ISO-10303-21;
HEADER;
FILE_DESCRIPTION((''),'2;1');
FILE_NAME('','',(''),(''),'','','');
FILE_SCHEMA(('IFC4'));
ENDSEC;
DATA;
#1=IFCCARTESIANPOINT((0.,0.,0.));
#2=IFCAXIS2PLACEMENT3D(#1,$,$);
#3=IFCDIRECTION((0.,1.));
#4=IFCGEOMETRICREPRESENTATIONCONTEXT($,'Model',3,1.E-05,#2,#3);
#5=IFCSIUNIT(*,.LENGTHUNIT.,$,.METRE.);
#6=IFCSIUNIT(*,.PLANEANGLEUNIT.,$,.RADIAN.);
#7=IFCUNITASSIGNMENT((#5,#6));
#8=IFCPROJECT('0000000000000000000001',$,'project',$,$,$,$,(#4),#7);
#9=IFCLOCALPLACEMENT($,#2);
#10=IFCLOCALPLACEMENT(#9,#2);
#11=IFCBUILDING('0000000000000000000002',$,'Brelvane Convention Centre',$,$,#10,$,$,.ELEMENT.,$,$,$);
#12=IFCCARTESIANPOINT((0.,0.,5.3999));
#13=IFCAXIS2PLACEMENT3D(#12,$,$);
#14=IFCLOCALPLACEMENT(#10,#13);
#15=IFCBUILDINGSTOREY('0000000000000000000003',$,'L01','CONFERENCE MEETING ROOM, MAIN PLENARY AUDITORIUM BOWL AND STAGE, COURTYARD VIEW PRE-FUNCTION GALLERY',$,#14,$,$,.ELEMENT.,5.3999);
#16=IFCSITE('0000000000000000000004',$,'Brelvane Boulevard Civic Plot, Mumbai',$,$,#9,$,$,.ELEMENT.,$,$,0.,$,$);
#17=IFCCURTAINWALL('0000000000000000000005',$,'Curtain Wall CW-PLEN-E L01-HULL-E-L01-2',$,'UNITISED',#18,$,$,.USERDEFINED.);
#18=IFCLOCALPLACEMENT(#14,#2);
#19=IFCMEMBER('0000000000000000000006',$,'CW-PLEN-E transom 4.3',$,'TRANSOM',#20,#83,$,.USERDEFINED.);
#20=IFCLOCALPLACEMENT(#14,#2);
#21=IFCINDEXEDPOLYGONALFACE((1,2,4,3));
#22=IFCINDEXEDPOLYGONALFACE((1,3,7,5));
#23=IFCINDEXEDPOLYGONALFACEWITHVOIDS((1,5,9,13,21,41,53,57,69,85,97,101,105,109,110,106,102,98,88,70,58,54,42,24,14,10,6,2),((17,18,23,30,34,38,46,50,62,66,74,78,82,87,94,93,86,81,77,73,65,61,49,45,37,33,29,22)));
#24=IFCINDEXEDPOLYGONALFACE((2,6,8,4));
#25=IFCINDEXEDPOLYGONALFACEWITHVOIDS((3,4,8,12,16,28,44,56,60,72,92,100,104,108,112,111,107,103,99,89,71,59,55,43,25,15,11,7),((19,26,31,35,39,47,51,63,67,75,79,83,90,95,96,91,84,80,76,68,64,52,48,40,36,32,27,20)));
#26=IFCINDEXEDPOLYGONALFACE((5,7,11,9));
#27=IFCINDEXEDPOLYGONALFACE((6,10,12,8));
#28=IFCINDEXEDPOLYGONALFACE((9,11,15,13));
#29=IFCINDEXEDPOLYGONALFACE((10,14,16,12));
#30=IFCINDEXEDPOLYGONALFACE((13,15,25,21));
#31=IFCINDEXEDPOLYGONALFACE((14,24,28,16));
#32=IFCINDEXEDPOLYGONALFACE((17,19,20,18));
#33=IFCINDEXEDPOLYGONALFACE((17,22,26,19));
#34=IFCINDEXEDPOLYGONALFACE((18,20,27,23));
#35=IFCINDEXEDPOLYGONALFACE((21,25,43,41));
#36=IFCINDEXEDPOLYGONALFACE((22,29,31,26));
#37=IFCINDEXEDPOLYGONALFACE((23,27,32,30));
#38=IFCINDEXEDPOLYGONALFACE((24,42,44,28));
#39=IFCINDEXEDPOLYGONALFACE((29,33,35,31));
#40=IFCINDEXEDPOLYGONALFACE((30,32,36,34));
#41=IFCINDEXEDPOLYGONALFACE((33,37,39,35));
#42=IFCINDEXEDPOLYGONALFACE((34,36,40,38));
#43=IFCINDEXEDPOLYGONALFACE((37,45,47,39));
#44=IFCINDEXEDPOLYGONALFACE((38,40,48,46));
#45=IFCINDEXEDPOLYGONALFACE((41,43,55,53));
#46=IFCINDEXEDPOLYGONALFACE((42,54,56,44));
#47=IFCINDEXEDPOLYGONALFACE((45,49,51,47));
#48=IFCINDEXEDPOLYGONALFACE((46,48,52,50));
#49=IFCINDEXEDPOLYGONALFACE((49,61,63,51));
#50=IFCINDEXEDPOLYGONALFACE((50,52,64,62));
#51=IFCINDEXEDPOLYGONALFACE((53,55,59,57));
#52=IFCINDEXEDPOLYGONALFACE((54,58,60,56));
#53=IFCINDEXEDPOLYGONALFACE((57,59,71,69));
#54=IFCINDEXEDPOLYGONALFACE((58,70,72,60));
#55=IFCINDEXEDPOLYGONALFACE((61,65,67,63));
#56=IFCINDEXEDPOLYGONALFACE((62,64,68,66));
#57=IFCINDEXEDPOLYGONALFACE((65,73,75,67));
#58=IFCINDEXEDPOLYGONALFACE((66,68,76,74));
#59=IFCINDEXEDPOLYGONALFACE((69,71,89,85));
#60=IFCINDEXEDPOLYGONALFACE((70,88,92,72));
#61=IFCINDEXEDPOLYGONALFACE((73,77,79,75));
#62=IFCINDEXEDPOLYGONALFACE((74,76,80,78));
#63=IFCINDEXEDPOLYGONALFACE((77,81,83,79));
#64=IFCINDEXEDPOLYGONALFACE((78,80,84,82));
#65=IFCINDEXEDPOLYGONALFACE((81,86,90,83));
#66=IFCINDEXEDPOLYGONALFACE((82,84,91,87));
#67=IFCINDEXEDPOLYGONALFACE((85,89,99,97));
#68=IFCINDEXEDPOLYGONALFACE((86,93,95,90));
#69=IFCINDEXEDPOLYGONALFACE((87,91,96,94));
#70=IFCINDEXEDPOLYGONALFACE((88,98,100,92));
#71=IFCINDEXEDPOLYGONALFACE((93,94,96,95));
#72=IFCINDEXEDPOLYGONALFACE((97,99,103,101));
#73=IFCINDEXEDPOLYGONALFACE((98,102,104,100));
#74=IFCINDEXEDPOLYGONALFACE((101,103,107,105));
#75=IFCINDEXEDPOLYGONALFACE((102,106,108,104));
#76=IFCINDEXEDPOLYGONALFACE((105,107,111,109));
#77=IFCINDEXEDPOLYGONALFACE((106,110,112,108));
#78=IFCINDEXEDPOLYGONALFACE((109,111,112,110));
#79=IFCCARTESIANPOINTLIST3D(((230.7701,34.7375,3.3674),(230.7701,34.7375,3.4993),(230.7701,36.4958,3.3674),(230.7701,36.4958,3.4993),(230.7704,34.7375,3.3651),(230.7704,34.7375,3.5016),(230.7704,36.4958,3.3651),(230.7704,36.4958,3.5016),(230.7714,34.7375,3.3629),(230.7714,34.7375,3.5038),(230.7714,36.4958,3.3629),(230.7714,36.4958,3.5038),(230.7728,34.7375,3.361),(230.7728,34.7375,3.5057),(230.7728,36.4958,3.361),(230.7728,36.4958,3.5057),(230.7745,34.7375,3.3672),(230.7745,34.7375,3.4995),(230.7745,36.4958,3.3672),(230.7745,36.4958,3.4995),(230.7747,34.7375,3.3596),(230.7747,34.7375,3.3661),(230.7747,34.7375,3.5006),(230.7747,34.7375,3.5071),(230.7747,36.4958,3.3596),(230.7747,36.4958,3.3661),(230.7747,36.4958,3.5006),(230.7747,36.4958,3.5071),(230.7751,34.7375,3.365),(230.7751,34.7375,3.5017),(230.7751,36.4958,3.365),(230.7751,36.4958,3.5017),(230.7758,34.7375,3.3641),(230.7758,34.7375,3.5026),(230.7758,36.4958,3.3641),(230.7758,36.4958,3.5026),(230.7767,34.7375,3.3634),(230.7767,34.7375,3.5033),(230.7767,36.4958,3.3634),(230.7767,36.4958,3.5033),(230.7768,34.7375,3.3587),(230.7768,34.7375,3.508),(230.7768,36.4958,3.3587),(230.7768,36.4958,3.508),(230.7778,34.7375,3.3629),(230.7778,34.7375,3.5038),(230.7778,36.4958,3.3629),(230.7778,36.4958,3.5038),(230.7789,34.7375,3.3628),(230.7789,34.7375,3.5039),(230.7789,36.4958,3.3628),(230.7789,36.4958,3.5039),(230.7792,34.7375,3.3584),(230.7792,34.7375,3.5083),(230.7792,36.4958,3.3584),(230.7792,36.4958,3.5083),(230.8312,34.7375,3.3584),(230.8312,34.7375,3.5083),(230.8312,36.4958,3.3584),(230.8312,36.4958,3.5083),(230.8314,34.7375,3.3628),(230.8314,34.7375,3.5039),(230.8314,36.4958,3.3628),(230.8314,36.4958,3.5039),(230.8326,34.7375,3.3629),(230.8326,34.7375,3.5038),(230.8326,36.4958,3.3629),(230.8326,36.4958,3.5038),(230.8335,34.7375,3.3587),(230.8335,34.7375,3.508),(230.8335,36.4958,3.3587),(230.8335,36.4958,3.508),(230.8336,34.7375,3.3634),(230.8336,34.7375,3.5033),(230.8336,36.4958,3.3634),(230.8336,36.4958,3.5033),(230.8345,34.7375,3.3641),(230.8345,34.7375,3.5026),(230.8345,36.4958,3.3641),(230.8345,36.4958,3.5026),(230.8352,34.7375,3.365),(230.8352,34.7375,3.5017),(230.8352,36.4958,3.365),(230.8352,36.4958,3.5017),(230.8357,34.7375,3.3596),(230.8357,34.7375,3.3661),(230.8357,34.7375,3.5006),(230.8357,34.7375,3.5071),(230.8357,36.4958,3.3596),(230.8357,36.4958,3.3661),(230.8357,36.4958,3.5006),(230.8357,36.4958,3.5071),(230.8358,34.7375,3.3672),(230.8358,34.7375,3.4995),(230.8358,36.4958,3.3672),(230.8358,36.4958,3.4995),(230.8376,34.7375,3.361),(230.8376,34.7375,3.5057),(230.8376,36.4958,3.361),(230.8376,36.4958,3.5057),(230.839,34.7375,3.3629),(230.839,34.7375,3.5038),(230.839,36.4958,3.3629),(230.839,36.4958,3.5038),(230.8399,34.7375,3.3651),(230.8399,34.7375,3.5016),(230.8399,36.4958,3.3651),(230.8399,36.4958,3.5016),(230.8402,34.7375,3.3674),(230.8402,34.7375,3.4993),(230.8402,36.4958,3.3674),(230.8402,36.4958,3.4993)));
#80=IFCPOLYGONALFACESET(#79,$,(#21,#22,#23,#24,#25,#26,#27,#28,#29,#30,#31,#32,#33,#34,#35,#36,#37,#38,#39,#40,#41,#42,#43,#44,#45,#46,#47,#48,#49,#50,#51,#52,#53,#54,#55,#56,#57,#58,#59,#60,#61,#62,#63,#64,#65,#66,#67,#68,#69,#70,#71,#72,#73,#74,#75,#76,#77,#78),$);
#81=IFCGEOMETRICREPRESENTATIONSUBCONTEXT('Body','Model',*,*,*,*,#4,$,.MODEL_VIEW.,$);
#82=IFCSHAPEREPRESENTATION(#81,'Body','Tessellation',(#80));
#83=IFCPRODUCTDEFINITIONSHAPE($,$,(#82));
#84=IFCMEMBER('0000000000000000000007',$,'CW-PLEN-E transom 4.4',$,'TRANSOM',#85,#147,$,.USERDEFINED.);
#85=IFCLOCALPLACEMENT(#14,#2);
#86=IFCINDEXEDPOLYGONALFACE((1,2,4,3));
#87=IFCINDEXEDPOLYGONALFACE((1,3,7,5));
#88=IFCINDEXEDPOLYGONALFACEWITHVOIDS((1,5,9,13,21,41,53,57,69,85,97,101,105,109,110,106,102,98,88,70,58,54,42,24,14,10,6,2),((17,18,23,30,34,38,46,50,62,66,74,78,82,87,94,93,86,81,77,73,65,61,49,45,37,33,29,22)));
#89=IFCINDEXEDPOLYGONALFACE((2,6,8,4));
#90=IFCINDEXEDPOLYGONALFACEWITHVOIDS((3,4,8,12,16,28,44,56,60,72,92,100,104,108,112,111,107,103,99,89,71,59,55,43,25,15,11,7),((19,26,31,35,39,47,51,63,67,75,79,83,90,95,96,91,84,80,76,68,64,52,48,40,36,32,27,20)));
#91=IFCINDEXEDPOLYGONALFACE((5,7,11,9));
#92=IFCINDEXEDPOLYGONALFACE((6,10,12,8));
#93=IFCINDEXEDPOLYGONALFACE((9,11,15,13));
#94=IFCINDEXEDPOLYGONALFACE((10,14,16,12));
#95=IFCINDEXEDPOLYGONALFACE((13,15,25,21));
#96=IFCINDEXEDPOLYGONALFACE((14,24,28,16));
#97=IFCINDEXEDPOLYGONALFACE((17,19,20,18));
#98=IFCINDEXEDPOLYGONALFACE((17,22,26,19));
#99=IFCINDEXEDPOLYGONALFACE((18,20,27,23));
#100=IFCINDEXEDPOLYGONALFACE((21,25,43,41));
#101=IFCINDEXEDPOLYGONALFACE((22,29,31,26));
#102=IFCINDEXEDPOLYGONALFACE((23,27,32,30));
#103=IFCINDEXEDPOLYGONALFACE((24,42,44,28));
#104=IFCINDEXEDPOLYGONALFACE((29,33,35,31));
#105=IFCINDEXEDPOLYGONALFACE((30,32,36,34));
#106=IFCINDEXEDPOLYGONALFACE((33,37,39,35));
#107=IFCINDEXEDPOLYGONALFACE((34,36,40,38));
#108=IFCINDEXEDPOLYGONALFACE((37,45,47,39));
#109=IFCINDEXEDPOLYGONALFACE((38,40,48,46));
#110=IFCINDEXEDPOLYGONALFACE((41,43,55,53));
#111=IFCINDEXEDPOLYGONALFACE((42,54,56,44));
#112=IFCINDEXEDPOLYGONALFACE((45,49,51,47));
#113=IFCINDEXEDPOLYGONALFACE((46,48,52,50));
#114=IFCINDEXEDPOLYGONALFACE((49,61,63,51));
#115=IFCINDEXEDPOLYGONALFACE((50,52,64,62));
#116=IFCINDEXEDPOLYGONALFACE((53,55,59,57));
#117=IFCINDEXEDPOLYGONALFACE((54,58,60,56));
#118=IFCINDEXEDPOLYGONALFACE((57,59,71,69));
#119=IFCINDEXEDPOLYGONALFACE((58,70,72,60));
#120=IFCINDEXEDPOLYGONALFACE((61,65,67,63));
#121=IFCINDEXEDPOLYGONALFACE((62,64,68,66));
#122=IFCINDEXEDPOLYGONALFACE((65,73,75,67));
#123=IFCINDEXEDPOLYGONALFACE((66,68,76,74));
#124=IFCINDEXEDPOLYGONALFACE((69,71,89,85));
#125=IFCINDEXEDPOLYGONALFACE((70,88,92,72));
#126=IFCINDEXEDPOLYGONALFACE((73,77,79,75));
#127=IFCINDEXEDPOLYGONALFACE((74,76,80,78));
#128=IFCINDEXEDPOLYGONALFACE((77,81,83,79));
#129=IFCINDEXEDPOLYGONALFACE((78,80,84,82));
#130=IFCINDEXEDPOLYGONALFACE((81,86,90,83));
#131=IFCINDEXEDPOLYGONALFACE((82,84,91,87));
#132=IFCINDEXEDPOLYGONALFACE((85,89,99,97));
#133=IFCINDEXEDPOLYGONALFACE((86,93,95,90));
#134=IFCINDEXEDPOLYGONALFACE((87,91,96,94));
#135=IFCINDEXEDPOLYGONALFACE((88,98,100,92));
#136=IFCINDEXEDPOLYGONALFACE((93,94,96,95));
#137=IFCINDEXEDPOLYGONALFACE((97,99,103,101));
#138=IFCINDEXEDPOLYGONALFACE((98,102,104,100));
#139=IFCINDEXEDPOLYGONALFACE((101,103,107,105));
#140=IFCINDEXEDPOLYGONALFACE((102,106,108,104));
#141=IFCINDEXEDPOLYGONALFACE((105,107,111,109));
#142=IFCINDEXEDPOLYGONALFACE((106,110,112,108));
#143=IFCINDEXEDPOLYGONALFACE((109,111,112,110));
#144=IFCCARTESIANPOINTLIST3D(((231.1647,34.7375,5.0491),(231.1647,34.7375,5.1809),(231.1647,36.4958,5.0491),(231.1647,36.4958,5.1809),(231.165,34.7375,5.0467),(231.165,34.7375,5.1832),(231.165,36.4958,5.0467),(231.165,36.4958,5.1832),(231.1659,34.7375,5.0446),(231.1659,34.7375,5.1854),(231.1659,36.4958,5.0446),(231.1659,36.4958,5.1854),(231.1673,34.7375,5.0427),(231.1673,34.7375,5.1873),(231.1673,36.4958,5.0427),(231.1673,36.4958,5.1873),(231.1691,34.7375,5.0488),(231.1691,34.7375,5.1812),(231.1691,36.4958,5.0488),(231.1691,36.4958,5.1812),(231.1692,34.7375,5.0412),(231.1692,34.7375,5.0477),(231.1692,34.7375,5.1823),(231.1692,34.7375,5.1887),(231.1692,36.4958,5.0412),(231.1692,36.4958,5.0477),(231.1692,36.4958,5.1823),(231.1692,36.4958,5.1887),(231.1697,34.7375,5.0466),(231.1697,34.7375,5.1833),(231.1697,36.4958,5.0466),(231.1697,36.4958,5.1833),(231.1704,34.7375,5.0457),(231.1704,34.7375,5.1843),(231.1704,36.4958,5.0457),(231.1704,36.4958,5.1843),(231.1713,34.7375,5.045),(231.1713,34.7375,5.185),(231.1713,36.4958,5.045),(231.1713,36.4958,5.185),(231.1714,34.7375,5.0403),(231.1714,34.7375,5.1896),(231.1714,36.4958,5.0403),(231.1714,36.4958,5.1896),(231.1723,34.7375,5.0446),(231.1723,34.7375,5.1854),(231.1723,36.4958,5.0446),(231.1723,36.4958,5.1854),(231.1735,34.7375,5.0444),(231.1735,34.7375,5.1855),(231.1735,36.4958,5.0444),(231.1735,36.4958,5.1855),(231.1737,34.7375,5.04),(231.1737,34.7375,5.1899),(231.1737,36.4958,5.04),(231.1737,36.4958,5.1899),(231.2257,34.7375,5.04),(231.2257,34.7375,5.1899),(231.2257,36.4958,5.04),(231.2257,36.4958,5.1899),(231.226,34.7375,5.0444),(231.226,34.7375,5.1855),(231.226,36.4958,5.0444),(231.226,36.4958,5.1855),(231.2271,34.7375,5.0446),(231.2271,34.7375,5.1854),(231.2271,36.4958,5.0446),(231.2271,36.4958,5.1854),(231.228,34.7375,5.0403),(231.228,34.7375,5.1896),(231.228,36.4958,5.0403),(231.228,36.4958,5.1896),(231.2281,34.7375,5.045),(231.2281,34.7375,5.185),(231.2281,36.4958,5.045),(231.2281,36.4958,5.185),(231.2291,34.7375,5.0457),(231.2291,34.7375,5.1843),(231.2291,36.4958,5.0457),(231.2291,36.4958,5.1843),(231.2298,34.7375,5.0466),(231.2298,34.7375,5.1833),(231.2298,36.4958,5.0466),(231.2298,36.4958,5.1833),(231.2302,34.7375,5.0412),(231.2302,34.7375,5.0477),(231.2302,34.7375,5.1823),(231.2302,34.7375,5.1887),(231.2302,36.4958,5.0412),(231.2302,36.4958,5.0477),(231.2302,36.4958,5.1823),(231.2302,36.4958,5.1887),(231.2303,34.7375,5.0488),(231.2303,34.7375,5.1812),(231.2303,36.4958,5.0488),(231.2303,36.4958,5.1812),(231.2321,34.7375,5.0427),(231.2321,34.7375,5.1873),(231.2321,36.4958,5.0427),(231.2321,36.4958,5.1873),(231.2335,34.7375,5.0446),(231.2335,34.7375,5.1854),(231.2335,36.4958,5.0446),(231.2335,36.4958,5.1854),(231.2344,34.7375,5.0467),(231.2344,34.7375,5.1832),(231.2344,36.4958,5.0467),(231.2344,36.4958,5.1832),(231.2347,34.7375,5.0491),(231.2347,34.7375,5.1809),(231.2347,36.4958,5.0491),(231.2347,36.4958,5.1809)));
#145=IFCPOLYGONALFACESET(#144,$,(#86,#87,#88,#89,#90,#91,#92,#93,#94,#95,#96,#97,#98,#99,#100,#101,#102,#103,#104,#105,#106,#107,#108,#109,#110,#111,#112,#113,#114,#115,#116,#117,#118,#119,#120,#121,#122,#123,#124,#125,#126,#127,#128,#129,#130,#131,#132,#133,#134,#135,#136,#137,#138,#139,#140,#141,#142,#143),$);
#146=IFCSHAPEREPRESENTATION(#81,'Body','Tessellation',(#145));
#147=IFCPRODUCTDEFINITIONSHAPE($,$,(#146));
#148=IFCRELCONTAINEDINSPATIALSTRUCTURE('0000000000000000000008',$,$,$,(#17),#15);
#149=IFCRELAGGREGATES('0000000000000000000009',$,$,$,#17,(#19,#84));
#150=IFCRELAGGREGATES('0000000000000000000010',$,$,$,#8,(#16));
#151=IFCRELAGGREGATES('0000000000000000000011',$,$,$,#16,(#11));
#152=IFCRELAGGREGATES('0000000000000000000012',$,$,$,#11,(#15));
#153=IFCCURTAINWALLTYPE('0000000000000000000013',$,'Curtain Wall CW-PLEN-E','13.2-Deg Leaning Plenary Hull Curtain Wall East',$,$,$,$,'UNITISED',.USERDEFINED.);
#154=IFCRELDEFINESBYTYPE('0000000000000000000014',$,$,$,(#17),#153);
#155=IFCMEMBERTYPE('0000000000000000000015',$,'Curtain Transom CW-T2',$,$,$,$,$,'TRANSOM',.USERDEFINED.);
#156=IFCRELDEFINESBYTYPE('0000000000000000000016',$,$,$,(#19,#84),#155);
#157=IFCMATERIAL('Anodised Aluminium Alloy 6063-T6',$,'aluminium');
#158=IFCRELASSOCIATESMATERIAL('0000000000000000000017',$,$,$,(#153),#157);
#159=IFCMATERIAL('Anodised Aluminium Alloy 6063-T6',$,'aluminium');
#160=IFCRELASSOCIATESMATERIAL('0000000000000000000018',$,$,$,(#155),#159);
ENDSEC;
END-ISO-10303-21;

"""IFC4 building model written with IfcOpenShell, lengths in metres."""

from ifc_helpers import new_model, si_unit, direction, frame, origin, origin_2d, place, context, subcontext, project, spatial, hollow_rectangle, extrude, material, material_profile, profile_set, type_object, element, aggregate, save


model = new_model("IFC4")

# Units and contexts
model_context = context("Model", 3, precision=1e-05, world=origin(), true_north=direction((0.0, 1.0)))
body_context = subcontext(model_context, "Body", "Model", "MODEL_VIEW")
ifc_project = project(units=[si_unit("LENGTHUNIT", "METRE"), si_unit("PLANEANGLEUNIT", "RADIAN")], contexts=[model_context])

# Site, building, storey
site_placement = place(None, origin())
site = spatial("IfcSite", under=ifc_project, at=site_placement, Name="Brelvane Boulevard Civic Plot, Mumbai", CompositionType="ELEMENT", RefElevation=0.0)
building_placement = place(site_placement, origin())
building = spatial("IfcBuilding", under=site, at=building_placement, Name="Brelvane Convention Centre", CompositionType="ELEMENT")
storey_placement = place(building_placement, frame((0.0, 0.0, 5.3999)))
storey = spatial("IfcBuildingStorey", under=building, at=storey_placement, Name="L01", Description="CONFERENCE MEETING ROOM, MAIN PLENARY AUDITORIUM BOWL AND STAGE, COURTYARD VIEW PRE-FUNCTION GALLERY", CompositionType="ELEMENT", Elevation=5.3999)

# Curtain wall, members
ifc_material_1 = material(Name="Anodised Aluminium Alloy 6063-T6", Category="aluminium")
curtain_wall_type = type_object("IfcCurtainWallType", Name="Curtain Wall CW-PLEN-E", Description="13.2-Deg Leaning Plenary Hull Curtain Wall East", ElementType="UNITISED", PredefinedType="USERDEFINED", material=ifc_material_1)
curtain_wall_placement = place(storey_placement, origin())
curtain_wall = element("IfcCurtainWall", 1, at=curtain_wall_placement, inside=storey, type_object=curtain_wall_type, Name="Curtain Wall CW-PLEN-E L01-HULL-E-L01-2", ObjectType="UNITISED", PredefinedType="USERDEFINED")
ifc_material_2 = material(Name="Anodised Aluminium Alloy 6063-T6", Category="aluminium")
ifc_material_profile = material_profile(ifc_material_2, hollow_rectangle(XDim=0.0701, YDim=0.1499, WallThickness=0.0044, InnerFilletRadius=0.0044, OuterFilletRadius=0.009, at=origin_2d()), Name="ALU-T 150x70x4.5")
ifc_profile_set = profile_set([ifc_material_profile], Name="Anodised Aluminium Alloy 6063-T6")
member_type = type_object("IfcMemberType", Name="Curtain Transom CW-T2", ElementType="TRANSOM", PredefinedType="USERDEFINED", material=ifc_profile_set)
member_1_placement = place(storey_placement, frame((230.8052, 34.7375, 3.4333), z_axis=(0.0, 1.0, 0.0), x_axis=(-1.0, 0.0, 0.0)))
member_1 = element("IfcMember", 2, at=member_1_placement, type_object=member_type, Name="CW-PLEN-E transom 4.3", ObjectType="TRANSOM", PredefinedType="USERDEFINED", context=body_context, shape_type="SweptSolid", body=[
    extrude(hollow_rectangle(XDim=0.0701, YDim=0.1499, WallThickness=0.0044, InnerFilletRadius=0.0044, OuterFilletRadius=0.009, at=origin_2d()), origin(), (0.0, 0.0, 1.0), 1.7583),
])
member_2_placement = place(storey_placement, frame((231.1997, 34.7375, 5.115), z_axis=(0.0, 1.0, 0.0), x_axis=(-1.0, 0.0, 0.0)))
member_2 = element("IfcMember", 3, at=member_2_placement, type_object=member_type, Name="CW-PLEN-E transom 4.4", ObjectType="TRANSOM", PredefinedType="USERDEFINED", context=body_context, shape_type="SweptSolid", body=[
    extrude(hollow_rectangle(XDim=0.0701, YDim=0.1499, WallThickness=0.0044, InnerFilletRadius=0.0044, OuterFilletRadius=0.009, at=origin_2d()), origin(), (0.0, 0.0, 1.0), 1.7583),
])
aggregate(curtain_wall, [member_1, member_2])

save(model, "model.ifc")
